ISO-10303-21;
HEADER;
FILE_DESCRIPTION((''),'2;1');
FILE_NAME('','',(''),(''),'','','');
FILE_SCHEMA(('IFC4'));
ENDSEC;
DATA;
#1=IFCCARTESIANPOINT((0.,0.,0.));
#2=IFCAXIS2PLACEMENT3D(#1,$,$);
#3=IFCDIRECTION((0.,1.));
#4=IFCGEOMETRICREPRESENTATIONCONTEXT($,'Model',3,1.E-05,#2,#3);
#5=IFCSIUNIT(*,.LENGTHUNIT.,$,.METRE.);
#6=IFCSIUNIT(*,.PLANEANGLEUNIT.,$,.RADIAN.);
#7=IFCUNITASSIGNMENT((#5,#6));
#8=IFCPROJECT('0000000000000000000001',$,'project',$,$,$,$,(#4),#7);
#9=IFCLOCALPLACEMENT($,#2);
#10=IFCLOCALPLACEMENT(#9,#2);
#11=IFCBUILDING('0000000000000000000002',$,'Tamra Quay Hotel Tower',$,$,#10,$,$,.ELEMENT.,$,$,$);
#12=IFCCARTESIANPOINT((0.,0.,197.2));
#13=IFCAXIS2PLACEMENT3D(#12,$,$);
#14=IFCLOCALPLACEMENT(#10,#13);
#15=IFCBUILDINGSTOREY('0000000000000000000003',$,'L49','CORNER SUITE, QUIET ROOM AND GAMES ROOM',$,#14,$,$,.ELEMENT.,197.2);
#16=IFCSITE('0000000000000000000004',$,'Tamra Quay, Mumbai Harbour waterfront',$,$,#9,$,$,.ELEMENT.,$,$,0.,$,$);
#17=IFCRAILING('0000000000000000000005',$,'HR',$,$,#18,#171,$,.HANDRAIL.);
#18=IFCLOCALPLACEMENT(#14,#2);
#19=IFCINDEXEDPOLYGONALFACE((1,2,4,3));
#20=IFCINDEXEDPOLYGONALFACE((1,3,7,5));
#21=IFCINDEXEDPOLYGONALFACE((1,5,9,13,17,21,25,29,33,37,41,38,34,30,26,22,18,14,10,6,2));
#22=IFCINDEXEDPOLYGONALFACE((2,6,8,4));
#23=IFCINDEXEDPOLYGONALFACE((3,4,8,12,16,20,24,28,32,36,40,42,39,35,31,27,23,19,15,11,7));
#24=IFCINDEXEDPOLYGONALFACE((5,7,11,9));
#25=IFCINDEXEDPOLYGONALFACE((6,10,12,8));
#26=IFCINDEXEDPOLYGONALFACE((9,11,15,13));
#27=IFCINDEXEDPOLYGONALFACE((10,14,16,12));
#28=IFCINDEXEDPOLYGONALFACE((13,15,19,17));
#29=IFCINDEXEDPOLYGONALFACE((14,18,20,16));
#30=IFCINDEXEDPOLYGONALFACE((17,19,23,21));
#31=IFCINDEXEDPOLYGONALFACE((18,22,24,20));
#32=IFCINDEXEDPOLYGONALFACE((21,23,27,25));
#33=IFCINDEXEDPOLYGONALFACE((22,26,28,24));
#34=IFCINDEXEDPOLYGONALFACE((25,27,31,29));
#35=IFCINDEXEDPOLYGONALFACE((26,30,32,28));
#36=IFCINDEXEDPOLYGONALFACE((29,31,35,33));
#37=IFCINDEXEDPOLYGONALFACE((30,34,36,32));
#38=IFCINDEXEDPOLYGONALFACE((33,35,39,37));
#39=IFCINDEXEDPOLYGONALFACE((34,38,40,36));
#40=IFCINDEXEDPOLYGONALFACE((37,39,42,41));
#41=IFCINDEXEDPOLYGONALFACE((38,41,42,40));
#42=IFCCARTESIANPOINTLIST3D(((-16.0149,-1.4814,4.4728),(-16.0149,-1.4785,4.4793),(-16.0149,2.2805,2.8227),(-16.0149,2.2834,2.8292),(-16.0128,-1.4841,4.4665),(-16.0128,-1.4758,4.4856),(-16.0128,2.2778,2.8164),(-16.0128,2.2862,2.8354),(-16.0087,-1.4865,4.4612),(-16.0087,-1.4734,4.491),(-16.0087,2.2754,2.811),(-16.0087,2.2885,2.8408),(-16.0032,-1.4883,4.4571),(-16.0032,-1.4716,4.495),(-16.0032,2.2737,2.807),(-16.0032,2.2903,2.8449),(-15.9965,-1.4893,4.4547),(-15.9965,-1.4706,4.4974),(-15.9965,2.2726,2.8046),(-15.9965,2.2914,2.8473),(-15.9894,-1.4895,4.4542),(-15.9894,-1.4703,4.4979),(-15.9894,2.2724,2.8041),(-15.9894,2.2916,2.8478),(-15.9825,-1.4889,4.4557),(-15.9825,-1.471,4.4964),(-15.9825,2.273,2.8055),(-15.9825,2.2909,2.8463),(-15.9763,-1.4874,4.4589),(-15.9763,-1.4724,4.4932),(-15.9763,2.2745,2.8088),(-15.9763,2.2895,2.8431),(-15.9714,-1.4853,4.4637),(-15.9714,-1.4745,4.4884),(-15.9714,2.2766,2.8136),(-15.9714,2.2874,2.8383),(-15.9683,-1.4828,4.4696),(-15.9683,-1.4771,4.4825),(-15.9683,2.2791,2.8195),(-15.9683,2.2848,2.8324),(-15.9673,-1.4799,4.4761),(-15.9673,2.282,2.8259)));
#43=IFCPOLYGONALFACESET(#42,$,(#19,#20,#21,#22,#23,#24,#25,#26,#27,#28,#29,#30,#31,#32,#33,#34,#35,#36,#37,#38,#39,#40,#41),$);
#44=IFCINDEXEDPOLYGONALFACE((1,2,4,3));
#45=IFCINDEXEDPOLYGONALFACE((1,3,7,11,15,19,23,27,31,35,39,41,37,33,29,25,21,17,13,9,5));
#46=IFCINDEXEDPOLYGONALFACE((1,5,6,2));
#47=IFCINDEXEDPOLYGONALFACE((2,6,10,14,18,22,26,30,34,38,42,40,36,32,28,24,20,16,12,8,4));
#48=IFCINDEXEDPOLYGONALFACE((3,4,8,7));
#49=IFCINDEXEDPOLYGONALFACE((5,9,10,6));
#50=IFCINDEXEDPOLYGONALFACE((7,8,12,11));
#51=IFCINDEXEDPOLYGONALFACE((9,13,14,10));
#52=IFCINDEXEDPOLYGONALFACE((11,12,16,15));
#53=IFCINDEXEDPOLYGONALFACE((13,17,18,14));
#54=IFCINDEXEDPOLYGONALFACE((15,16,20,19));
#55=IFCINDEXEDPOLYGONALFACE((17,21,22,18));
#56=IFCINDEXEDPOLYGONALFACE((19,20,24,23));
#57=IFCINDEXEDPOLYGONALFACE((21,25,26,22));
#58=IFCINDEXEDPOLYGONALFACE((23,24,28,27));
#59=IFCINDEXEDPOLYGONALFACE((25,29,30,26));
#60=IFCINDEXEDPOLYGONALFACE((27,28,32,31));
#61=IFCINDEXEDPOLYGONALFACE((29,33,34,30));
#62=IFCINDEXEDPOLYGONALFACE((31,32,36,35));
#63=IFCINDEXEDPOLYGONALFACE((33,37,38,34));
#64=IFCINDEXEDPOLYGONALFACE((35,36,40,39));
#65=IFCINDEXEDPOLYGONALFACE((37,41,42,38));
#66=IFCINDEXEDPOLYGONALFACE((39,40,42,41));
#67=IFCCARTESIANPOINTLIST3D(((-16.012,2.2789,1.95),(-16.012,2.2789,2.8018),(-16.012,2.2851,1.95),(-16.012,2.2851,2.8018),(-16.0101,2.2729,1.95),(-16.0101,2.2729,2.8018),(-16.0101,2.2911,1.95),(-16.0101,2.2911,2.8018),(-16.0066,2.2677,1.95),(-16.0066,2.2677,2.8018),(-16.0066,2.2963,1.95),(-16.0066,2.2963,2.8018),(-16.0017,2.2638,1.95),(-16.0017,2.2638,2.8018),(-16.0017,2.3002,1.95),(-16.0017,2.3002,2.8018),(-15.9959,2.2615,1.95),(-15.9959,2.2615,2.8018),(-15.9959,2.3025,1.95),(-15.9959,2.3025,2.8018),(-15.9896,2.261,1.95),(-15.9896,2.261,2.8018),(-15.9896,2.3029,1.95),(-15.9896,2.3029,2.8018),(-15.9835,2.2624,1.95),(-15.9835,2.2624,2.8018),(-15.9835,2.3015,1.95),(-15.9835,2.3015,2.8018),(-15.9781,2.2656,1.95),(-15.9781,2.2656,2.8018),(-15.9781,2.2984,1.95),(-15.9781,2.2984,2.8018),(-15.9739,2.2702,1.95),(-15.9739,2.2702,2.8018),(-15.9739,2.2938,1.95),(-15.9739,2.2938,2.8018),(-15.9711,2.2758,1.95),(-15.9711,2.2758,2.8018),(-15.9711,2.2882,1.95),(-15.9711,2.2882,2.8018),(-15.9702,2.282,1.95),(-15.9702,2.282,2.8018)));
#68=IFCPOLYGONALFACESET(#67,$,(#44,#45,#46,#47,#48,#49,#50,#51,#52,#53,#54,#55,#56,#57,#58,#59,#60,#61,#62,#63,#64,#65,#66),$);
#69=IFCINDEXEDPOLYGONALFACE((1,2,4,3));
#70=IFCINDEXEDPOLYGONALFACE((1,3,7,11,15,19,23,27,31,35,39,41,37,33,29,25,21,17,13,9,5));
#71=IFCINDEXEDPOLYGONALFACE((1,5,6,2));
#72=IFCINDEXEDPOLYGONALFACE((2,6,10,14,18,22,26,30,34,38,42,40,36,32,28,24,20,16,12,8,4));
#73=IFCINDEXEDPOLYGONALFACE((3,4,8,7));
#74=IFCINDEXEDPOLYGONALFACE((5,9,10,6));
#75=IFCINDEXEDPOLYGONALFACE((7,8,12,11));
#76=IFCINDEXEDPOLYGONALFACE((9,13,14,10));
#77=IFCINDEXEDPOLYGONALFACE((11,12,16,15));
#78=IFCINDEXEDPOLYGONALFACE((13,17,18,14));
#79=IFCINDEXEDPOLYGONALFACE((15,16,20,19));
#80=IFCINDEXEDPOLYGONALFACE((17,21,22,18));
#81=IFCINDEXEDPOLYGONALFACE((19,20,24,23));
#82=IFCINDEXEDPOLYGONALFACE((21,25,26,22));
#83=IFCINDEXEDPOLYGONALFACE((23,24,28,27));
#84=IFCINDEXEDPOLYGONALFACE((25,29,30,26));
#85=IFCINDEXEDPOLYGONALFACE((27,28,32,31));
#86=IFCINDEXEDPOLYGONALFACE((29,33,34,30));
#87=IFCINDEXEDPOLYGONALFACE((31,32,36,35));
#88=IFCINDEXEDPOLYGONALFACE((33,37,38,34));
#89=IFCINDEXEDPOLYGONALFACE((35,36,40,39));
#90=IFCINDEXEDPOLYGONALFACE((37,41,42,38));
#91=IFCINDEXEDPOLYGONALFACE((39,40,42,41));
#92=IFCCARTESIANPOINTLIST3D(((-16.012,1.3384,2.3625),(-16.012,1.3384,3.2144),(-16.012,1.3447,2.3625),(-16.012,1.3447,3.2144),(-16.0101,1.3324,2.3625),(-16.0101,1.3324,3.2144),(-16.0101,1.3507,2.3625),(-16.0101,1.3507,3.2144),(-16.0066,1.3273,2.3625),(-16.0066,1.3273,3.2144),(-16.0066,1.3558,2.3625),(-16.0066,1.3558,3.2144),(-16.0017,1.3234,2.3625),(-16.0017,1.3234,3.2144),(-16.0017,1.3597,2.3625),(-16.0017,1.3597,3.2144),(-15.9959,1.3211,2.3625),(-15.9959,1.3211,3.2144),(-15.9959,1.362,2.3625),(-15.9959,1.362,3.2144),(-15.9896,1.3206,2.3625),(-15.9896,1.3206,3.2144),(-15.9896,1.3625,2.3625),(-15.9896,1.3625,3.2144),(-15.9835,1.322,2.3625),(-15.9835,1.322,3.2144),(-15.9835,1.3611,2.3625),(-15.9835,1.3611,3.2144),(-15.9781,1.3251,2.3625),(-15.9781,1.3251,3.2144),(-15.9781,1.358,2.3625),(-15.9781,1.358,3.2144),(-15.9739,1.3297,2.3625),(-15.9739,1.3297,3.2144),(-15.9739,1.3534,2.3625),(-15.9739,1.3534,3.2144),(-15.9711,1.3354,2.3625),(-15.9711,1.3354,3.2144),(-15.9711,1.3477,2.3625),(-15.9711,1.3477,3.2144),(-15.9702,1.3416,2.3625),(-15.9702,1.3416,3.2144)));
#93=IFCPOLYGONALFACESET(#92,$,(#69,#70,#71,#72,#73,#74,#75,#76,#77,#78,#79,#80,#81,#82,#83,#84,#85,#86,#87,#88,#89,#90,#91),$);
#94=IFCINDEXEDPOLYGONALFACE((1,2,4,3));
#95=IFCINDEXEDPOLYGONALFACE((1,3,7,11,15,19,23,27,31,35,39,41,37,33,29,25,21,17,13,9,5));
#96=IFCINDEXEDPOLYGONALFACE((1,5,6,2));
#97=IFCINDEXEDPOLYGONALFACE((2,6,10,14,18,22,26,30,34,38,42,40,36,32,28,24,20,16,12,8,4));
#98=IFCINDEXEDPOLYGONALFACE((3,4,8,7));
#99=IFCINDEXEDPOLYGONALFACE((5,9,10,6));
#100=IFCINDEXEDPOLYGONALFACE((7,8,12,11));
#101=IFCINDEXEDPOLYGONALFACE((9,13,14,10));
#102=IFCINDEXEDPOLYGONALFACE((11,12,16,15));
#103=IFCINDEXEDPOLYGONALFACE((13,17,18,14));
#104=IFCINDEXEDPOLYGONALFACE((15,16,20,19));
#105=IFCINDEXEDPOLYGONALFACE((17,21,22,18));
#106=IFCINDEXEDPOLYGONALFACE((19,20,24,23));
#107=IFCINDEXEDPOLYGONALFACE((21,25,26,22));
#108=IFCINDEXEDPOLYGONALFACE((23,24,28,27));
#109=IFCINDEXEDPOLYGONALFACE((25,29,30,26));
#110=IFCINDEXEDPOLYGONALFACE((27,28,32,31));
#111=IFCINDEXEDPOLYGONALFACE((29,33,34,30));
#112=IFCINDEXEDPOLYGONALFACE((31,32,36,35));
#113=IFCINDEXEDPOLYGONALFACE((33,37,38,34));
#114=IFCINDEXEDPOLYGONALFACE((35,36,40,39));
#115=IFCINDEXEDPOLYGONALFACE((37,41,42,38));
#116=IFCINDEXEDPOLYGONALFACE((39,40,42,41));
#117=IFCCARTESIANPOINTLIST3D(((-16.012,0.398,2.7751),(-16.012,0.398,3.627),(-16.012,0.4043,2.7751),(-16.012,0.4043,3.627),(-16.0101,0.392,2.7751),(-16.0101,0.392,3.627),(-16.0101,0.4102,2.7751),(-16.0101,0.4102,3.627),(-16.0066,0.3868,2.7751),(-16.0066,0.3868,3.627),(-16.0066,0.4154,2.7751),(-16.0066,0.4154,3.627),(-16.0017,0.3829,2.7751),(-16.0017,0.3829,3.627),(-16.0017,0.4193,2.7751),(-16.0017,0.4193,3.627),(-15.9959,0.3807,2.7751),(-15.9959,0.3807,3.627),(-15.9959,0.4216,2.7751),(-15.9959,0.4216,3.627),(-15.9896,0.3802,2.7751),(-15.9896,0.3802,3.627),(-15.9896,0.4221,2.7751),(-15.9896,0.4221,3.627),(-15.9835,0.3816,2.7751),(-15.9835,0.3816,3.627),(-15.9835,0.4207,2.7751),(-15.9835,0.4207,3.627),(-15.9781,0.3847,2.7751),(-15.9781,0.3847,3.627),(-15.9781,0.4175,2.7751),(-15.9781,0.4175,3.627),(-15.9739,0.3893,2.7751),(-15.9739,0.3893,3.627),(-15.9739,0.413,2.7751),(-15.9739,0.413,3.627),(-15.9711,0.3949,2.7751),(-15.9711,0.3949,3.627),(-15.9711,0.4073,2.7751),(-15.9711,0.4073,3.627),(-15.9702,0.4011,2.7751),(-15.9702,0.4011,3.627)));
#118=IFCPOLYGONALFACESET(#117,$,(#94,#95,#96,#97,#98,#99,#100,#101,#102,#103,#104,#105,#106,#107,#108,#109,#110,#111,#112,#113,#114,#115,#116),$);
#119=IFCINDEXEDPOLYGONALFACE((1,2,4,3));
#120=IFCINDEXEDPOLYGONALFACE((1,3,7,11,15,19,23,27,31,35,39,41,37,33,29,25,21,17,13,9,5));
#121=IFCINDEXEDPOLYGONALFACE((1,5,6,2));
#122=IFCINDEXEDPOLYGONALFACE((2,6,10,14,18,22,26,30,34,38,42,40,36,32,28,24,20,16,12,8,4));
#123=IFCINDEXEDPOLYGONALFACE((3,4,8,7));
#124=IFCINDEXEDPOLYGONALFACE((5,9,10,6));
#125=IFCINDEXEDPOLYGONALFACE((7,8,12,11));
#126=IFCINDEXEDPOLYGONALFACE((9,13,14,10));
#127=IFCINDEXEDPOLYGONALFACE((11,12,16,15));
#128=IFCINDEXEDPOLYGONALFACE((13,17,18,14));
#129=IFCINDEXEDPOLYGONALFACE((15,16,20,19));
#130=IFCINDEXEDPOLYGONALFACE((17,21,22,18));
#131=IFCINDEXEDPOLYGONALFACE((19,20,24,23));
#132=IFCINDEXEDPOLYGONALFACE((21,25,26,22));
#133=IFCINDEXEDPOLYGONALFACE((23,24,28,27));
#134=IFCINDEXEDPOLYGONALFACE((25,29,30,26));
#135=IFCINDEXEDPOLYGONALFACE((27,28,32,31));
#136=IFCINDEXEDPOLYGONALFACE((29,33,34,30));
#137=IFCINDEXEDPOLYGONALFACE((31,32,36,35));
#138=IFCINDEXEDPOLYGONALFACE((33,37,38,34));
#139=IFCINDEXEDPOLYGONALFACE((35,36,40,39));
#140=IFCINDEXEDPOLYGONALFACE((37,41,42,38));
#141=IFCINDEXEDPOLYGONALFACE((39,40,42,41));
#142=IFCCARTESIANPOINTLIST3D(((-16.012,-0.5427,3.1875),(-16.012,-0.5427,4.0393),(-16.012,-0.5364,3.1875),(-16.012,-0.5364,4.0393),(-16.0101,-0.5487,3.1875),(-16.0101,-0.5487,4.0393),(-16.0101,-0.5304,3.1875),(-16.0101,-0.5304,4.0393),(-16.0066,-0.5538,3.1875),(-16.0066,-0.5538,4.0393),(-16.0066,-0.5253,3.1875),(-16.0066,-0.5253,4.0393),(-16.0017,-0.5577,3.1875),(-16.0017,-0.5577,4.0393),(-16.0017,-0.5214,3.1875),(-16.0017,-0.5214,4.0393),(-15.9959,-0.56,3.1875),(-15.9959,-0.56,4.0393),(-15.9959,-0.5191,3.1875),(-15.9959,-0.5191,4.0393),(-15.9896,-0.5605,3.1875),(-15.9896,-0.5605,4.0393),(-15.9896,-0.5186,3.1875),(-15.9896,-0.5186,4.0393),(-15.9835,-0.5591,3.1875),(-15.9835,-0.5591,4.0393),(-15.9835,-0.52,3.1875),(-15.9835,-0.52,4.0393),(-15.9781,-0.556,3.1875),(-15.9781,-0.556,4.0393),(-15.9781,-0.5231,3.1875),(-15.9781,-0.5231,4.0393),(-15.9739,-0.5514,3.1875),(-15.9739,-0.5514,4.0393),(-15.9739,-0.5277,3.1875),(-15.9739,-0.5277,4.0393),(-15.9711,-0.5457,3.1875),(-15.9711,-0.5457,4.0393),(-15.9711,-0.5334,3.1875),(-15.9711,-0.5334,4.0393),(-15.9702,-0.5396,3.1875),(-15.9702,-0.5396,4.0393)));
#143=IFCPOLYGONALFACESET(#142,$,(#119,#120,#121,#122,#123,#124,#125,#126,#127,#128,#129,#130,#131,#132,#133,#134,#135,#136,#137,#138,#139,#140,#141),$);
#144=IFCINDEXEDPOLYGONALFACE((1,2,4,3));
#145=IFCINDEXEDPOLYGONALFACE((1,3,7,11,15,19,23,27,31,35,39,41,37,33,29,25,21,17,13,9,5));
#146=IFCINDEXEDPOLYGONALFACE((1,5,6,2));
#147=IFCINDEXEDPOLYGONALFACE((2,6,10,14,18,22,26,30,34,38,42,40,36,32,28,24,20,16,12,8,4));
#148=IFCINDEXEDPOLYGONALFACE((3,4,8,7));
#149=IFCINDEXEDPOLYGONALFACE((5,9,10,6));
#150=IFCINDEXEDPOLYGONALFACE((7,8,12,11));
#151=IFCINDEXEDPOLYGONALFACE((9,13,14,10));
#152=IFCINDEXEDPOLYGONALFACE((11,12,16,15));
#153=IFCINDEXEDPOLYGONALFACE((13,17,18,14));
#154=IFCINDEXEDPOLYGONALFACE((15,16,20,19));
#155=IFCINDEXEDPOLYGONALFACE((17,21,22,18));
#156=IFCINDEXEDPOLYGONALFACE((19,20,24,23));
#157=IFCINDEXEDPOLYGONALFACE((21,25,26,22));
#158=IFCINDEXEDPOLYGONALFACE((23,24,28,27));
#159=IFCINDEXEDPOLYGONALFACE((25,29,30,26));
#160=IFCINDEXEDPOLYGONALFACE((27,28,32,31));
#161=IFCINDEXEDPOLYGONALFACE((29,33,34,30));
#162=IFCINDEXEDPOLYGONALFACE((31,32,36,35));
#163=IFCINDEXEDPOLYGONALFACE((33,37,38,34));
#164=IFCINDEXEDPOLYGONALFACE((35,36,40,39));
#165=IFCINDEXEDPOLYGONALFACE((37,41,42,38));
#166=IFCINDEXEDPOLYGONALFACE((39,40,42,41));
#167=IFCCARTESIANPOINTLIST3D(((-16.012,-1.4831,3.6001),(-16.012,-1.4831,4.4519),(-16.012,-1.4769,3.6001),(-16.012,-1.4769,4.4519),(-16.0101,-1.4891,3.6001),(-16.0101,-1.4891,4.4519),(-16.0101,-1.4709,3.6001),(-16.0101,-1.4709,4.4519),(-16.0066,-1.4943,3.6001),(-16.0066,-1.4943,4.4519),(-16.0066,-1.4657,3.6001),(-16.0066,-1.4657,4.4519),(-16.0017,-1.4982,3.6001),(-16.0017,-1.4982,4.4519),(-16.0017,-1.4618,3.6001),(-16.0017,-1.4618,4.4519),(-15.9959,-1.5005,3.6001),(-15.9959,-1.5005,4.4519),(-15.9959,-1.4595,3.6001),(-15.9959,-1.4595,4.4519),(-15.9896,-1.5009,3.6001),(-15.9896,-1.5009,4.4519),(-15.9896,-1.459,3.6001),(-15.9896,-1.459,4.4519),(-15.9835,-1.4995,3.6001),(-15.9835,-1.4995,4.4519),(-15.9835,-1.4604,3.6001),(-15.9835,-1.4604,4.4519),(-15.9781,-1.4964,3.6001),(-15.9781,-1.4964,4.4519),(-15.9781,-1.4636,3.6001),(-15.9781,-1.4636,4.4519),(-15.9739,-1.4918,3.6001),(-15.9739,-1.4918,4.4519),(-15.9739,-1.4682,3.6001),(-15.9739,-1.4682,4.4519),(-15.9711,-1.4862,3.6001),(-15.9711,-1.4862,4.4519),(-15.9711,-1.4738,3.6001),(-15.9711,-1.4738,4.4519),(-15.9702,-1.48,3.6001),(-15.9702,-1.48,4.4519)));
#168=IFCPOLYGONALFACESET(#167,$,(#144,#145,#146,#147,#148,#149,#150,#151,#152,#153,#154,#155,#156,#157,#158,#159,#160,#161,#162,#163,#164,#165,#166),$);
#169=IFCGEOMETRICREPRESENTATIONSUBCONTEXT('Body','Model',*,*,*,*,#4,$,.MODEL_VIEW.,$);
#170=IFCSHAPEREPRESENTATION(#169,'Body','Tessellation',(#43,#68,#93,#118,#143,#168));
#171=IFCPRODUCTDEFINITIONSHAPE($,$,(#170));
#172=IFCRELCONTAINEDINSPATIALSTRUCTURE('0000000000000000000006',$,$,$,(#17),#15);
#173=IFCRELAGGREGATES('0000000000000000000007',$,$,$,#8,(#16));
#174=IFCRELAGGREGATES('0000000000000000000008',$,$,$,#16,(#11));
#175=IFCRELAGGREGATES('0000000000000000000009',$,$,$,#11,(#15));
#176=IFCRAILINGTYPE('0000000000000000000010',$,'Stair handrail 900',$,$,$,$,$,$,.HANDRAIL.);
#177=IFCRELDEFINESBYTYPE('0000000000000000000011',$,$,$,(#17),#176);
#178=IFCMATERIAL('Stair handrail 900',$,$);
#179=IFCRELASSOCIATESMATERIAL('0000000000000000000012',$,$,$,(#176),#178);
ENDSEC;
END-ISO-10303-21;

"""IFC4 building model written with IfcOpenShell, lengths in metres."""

from ifc_helpers import new_model, si_unit, direction, frame, origin, origin_2d, place, context, subcontext, project, spatial, circle, extrude, material, type_object, element, save


model = new_model("IFC4")

# Units and contexts
model_context = context("Model", 3, precision=1e-05, world=origin(), true_north=direction((0.0, 1.0)))
body_context = subcontext(model_context, "Body", "Model", "MODEL_VIEW")
ifc_project = project(units=[si_unit("LENGTHUNIT", "METRE"), si_unit("PLANEANGLEUNIT", "RADIAN")], contexts=[model_context])

# Site, building, storey
site_placement = place(None, origin())
site = spatial("IfcSite", under=ifc_project, at=site_placement, Name="Tamra Quay, Mumbai Harbour waterfront", CompositionType="ELEMENT", RefElevation=0.0)
building_placement = place(site_placement, origin())
building = spatial("IfcBuilding", under=site, at=building_placement, Name="Tamra Quay Hotel Tower", CompositionType="ELEMENT")
storey_placement = place(building_placement, frame((0.0, 0.0, 197.2)))
storey = spatial("IfcBuildingStorey", under=building, at=storey_placement, Name="L49", Description="CORNER SUITE, QUIET ROOM AND GAMES ROOM", CompositionType="ELEMENT", Elevation=197.2)

# Railing
ifc_material_1 = material(Name="Stair handrail 900")
railing_type = type_object("IfcRailingType", Name="Stair handrail 900", PredefinedType="HANDRAIL", material=ifc_material_1)
railing_placement = place(storey_placement, frame((-15.9912, 2.282, 1.95)))
element("IfcRailing", 1, at=railing_placement, inside=storey, type_object=railing_type, Name="HR", PredefinedType="HANDRAIL", context=body_context, shape_type="SweptSolid", body=[
    extrude(circle(Radius=0.0239, at=origin_2d()), frame((0.0, 0.0, 0.876), z_axis=(0.0, -0.915774, 0.401695), x_axis=(1.0, 0.0, 0.0)), (0.0, 0.0, 1.0), 4.1079),
    extrude(circle(Radius=0.021, at=origin_2d()), origin(), (0.0, 0.0, 1.0), 0.8518),
    extrude(circle(Radius=0.021, at=origin_2d()), frame((0.0, -0.9404, 0.4126)), (0.0, 0.0, 1.0), 0.8518),
    extrude(circle(Radius=0.021, at=origin_2d()), frame((0.0, -1.8809, 0.8252)), (0.0, 0.0, 1.0), 0.8518),
    extrude(circle(Radius=0.021, at=origin_2d()), frame((0.0, -2.8215, 1.2375)), (0.0, 0.0, 1.0), 0.8518),
    extrude(circle(Radius=0.021, at=origin_2d()), frame((0.0, -3.762, 1.6501)), (0.0, 0.0, 1.0), 0.8518),
])

save(model, "model.ifc")
